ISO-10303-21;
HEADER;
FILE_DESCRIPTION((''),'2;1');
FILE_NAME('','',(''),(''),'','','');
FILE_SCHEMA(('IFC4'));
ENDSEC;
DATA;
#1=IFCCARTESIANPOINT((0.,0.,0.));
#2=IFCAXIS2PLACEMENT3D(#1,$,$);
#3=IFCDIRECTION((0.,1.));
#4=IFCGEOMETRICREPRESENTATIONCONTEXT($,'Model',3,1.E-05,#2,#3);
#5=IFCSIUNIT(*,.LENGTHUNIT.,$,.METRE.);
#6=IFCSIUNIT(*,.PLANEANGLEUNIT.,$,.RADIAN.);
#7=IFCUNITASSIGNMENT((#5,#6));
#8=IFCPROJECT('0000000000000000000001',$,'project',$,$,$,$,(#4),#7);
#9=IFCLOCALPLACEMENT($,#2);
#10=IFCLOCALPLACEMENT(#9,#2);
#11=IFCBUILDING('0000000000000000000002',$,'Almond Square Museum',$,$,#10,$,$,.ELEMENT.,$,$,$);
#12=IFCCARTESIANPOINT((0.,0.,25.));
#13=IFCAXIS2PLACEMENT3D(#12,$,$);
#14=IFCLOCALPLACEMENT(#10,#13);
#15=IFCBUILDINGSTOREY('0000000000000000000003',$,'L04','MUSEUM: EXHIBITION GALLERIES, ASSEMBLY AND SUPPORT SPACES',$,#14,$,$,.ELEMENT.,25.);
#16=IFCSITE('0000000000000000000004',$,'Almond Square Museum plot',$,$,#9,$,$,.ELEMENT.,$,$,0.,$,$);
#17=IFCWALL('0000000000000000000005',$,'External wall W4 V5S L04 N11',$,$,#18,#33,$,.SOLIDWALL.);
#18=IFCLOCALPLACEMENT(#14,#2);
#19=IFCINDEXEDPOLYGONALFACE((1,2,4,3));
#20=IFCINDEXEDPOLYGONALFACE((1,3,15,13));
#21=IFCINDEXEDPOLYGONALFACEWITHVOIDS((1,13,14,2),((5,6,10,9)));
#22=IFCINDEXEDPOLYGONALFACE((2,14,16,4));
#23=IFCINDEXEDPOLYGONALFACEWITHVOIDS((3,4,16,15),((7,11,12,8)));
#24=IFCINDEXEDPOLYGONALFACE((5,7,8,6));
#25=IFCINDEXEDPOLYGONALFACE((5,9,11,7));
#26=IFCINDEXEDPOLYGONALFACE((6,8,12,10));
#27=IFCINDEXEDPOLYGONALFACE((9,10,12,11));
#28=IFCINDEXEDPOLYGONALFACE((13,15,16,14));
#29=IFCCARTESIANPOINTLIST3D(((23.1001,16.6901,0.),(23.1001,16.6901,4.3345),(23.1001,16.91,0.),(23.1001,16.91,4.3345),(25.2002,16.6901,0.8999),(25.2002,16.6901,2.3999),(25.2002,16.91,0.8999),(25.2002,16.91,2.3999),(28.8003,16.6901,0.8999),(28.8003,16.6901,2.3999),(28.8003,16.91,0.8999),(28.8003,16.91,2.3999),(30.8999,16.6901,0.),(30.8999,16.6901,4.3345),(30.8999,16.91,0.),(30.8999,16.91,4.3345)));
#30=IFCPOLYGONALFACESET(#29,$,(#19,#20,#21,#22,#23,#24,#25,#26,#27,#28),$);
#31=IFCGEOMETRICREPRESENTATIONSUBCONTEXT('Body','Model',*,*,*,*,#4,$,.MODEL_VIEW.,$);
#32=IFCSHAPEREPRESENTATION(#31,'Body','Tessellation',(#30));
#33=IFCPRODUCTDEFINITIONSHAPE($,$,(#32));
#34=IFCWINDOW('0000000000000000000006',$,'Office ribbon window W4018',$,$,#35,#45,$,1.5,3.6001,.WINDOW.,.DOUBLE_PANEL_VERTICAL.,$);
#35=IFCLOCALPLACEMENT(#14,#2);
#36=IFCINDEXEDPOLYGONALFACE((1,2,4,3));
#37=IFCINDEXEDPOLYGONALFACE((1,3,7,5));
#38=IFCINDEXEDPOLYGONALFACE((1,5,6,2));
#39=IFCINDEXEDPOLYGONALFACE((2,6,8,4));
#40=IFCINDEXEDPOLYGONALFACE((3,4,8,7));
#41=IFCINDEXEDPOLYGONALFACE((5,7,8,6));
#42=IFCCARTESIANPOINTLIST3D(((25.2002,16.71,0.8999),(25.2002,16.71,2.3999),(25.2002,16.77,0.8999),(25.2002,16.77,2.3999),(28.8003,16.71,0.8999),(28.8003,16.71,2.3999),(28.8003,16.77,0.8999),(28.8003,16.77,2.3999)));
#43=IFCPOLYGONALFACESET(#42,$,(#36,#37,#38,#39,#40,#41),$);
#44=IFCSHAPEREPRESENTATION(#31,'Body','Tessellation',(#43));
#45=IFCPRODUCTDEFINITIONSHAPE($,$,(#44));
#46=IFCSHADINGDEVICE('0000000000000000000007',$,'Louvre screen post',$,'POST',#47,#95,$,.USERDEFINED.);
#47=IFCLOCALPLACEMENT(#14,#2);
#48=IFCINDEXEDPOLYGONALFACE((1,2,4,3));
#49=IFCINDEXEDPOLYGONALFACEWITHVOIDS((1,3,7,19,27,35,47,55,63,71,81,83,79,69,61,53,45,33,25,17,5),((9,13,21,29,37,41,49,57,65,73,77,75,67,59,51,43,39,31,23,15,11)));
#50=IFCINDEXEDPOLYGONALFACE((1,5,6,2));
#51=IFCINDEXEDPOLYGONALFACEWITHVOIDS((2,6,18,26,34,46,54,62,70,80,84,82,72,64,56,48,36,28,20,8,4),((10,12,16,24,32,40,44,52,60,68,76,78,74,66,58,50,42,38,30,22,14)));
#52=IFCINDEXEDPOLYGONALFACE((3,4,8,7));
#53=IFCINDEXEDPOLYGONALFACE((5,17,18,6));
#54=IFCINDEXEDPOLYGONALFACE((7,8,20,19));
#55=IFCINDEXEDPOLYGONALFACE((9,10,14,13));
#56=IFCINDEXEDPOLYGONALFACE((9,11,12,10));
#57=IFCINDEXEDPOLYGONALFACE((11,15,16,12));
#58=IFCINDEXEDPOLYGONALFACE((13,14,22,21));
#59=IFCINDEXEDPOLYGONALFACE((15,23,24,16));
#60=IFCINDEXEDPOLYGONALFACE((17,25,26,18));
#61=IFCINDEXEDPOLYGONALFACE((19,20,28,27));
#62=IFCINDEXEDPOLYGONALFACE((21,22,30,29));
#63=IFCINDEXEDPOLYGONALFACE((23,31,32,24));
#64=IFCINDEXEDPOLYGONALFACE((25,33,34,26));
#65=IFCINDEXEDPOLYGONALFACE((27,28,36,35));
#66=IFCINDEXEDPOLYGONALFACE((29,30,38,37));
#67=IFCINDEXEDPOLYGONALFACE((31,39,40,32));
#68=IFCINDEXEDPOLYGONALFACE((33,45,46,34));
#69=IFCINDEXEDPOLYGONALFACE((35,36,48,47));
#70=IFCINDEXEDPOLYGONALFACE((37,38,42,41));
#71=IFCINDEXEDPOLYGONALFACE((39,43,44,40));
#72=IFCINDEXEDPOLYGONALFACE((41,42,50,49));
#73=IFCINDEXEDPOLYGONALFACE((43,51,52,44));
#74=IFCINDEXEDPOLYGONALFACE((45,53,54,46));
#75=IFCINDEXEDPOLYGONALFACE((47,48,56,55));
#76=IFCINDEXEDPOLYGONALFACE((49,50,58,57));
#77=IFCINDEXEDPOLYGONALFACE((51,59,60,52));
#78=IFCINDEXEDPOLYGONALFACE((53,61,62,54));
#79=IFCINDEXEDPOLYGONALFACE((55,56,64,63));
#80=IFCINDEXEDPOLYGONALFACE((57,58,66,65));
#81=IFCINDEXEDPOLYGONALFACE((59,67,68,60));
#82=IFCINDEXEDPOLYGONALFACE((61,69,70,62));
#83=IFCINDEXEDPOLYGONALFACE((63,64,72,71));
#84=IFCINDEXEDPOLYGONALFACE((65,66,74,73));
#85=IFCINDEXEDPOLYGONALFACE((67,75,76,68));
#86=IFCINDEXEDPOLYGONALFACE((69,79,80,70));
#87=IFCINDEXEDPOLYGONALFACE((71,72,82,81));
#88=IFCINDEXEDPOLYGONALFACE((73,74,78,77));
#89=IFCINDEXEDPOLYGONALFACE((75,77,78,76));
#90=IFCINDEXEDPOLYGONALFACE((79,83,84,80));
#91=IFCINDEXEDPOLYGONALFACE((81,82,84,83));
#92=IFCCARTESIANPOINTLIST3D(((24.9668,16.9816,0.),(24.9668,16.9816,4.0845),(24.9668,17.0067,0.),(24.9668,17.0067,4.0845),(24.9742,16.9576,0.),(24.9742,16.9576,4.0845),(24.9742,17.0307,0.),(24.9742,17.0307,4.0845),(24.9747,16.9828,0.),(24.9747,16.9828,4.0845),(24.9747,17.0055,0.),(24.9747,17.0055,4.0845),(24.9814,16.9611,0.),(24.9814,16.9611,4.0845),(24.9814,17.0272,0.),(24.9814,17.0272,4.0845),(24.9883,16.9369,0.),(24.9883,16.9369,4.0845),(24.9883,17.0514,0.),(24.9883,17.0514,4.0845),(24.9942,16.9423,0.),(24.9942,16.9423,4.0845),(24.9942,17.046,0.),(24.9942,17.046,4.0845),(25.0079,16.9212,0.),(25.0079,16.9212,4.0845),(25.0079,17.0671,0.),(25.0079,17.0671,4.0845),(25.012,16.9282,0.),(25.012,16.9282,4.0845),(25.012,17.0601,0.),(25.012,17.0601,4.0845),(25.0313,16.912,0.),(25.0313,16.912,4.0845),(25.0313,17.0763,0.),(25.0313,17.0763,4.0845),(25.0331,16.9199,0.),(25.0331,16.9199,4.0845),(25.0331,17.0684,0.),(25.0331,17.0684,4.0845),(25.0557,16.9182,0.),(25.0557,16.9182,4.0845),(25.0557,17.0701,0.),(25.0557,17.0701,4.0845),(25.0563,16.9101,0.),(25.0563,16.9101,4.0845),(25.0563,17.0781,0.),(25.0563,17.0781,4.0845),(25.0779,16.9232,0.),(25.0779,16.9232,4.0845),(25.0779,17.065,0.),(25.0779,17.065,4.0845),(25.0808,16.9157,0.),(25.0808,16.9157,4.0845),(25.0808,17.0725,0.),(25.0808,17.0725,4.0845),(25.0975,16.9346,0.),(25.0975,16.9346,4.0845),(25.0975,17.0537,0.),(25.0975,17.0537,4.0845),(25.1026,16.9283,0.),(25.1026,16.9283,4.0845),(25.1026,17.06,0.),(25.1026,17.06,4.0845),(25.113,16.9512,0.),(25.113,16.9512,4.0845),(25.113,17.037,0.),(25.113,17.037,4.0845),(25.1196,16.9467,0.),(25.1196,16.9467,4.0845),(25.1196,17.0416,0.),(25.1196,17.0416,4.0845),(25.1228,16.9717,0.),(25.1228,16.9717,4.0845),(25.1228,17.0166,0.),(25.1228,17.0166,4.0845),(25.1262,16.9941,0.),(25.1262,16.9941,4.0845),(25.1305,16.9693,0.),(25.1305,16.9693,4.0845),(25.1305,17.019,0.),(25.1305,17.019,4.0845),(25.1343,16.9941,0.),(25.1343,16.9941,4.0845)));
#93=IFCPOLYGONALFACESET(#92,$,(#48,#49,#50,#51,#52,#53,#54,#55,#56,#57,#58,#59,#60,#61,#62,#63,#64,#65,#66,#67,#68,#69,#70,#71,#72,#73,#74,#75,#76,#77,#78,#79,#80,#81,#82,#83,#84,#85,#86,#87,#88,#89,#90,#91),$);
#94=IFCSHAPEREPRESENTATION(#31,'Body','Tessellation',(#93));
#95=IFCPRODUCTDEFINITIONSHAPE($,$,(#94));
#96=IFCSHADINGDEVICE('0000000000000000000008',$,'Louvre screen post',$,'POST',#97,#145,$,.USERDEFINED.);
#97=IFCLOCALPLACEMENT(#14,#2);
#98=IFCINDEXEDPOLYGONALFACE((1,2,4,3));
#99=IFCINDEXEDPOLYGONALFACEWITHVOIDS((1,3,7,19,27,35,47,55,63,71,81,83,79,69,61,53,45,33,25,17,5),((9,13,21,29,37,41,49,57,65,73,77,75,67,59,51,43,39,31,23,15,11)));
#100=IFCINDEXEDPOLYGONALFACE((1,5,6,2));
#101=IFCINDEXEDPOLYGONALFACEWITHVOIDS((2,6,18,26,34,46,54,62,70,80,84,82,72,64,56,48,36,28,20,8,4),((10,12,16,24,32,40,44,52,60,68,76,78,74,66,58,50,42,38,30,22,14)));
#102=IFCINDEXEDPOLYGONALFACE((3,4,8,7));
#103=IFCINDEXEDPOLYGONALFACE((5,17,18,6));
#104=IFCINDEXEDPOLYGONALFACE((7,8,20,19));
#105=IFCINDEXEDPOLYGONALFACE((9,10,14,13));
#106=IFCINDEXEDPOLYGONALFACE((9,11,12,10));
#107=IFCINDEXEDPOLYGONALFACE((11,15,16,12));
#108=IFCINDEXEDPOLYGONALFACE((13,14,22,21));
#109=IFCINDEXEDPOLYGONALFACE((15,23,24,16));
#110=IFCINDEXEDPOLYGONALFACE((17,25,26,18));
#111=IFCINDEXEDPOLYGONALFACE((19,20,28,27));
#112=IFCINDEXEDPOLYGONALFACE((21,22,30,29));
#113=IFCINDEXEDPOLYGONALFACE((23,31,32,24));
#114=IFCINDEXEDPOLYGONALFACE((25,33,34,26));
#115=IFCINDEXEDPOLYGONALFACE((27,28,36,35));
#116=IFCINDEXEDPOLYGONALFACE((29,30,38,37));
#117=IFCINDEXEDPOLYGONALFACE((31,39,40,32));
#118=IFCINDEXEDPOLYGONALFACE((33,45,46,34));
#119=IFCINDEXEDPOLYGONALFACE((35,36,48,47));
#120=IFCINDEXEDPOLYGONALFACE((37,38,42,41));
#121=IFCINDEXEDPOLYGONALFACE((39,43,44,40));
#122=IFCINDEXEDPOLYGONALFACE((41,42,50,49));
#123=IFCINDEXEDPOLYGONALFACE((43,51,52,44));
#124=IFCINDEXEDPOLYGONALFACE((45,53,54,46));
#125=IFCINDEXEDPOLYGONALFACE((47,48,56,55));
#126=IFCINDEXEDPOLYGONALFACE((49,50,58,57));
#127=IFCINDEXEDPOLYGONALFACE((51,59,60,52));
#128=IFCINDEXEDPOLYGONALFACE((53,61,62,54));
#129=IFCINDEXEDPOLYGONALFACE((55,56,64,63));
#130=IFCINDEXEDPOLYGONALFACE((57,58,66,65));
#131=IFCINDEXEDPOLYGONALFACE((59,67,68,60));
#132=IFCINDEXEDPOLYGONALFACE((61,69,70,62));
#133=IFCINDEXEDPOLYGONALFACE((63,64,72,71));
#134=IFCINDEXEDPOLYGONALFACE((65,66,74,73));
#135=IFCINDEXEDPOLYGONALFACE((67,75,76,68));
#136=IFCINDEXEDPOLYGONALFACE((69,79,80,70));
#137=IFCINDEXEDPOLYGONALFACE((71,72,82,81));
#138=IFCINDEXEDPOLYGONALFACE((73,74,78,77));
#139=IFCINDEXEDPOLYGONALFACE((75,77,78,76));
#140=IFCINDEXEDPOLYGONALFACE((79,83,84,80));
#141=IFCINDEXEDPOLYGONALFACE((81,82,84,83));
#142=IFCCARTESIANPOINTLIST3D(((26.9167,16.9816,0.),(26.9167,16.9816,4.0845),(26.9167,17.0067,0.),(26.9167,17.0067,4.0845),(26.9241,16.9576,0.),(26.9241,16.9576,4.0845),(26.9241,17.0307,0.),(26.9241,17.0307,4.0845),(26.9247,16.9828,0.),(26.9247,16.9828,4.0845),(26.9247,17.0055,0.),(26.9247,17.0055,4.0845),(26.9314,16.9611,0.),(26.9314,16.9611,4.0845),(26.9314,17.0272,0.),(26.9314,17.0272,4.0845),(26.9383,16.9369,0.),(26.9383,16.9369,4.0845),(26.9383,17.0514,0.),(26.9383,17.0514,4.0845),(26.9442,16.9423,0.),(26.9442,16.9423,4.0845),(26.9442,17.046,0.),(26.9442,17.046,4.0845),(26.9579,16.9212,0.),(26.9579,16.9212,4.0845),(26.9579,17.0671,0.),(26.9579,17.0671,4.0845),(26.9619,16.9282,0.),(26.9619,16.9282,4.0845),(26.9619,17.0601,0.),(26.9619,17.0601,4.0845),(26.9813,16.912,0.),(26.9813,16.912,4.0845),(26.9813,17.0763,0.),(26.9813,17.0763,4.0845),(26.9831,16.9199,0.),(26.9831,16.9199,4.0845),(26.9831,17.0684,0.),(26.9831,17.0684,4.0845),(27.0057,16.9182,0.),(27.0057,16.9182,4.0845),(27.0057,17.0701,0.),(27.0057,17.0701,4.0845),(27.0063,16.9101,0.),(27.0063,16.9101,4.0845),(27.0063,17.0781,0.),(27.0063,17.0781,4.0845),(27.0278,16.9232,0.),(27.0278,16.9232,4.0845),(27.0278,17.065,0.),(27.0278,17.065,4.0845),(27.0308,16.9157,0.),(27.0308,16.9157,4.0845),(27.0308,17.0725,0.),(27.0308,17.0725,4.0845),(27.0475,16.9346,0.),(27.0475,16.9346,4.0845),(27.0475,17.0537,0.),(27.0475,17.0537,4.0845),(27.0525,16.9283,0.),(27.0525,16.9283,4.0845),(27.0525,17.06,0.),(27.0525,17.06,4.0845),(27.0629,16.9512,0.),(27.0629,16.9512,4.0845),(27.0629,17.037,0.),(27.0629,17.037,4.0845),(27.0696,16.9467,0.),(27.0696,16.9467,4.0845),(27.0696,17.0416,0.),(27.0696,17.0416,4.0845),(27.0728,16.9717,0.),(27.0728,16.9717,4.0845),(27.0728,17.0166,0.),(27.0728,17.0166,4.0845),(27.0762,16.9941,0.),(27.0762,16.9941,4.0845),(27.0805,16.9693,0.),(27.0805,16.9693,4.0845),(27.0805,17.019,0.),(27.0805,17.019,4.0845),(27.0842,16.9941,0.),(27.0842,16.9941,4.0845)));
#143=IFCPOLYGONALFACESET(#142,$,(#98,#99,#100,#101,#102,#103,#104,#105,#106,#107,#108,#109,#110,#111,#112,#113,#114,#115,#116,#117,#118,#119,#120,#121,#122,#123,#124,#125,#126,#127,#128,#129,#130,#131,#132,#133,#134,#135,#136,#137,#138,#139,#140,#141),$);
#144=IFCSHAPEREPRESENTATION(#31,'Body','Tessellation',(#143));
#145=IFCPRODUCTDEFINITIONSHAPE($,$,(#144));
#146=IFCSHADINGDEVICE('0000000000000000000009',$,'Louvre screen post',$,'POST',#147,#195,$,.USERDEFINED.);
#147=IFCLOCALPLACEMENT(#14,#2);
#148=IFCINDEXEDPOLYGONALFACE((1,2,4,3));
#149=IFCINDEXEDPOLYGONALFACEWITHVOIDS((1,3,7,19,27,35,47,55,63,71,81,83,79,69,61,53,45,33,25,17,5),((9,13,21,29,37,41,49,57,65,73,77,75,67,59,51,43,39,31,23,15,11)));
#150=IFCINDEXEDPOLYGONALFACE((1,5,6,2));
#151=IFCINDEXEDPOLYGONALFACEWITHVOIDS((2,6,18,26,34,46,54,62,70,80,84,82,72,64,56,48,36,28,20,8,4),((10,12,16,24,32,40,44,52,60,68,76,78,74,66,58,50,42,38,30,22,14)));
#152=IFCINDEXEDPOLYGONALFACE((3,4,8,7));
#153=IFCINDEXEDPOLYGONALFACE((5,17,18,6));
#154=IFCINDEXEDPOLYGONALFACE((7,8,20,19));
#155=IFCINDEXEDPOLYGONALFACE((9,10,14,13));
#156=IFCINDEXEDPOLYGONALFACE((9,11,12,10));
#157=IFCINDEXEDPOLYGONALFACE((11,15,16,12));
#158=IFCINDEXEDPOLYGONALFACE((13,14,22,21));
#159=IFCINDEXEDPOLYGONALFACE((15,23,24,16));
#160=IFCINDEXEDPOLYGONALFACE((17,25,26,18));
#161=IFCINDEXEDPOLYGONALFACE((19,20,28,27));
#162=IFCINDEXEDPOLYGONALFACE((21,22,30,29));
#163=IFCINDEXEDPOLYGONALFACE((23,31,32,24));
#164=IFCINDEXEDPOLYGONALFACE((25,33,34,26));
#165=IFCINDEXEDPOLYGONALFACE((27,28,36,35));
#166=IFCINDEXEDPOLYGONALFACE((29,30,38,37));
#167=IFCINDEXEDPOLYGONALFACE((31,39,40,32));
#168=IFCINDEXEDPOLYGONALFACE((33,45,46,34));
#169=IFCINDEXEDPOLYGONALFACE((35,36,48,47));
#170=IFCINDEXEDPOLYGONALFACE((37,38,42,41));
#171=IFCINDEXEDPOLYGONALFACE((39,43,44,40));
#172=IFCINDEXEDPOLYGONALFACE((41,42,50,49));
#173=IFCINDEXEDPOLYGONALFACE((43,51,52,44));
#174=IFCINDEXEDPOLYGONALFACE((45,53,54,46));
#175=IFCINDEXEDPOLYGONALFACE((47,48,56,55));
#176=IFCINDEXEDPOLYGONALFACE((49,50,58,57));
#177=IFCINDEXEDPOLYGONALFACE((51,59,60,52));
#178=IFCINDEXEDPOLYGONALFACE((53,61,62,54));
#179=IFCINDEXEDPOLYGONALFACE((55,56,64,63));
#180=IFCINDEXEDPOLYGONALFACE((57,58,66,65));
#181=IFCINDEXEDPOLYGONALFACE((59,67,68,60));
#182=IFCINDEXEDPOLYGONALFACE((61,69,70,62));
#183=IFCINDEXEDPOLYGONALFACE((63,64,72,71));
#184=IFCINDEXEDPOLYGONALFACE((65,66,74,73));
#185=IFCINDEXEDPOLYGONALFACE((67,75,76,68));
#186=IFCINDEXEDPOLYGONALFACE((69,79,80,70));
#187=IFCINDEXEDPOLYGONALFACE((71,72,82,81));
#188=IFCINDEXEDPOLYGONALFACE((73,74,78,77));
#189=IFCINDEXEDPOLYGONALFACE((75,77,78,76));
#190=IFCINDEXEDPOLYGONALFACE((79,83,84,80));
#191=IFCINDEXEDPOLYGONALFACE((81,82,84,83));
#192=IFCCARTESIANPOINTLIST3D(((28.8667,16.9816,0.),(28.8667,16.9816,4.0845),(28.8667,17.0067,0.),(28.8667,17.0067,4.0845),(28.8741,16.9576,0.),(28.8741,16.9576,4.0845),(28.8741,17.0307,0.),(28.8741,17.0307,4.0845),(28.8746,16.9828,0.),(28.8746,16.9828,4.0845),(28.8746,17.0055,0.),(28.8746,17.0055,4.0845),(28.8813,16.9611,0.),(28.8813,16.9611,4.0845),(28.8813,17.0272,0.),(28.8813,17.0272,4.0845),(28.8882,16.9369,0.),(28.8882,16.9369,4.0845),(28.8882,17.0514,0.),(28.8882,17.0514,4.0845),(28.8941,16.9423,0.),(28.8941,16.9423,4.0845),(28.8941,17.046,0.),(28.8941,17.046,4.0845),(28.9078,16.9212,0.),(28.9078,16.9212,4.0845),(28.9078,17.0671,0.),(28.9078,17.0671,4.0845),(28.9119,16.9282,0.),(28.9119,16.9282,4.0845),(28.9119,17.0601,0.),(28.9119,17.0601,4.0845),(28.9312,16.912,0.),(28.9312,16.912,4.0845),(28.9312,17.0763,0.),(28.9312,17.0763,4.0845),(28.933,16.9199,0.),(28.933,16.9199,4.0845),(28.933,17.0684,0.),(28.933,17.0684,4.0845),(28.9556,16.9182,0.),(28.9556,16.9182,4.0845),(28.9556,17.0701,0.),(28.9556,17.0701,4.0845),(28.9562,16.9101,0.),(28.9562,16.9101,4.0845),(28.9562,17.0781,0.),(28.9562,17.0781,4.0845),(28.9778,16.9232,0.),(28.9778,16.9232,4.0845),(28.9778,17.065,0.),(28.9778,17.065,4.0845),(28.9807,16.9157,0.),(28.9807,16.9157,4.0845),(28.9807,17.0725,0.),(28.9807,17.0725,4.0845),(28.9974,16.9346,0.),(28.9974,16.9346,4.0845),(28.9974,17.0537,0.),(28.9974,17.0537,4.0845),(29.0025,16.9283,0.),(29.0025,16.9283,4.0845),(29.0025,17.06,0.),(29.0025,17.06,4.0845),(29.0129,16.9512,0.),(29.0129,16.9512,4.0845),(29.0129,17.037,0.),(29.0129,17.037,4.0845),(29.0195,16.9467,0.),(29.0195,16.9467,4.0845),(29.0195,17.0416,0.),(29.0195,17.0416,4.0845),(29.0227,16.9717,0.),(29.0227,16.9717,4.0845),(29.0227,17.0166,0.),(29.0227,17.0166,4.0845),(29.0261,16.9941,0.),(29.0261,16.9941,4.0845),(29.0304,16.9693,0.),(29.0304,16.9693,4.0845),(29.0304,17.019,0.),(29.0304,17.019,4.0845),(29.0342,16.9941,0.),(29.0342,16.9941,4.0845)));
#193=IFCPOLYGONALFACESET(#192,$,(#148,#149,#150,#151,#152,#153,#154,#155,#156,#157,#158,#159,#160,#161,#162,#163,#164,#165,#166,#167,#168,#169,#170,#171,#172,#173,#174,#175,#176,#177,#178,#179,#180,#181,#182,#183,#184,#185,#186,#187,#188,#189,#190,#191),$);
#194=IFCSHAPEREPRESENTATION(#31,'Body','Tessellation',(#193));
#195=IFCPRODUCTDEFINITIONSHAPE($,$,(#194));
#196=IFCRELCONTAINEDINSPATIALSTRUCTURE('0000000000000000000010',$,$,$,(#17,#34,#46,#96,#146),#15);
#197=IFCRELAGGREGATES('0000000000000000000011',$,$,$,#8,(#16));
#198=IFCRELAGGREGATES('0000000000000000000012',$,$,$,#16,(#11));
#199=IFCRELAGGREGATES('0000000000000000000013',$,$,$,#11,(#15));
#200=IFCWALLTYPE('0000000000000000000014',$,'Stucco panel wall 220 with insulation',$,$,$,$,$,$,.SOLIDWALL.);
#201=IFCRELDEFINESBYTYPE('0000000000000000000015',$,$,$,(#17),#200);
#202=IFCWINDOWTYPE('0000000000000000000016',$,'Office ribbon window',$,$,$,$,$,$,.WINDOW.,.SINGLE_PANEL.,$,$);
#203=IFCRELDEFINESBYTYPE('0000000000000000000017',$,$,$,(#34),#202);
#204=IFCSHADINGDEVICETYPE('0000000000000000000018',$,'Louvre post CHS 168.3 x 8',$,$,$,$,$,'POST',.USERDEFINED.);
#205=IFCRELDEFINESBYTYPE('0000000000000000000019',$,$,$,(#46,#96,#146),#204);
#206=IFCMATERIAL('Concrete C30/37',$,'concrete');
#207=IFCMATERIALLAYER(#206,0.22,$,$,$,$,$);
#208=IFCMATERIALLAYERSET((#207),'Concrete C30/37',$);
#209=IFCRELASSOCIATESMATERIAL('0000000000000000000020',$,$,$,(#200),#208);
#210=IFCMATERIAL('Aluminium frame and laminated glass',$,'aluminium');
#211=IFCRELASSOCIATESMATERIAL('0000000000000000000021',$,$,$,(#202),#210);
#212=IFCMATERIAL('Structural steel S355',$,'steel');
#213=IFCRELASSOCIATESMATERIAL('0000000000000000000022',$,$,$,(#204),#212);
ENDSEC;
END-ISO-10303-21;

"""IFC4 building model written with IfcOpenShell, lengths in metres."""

from ifc_helpers import new_model, si_unit, direction, frame, frame_2d, origin, origin_2d, place, context, subcontext, project, spatial, rectangle, hollow_circle, extrude, material, layer, layer_set, material_profile, profile_set, type_object, element, fill, save


model = new_model("IFC4")

# Units and contexts
model_context = context("Model", 3, precision=1e-05, world=origin(), true_north=direction((0.0, 1.0)))
body_context = subcontext(model_context, "Body", "Model", "MODEL_VIEW")
ifc_project = project(units=[si_unit("LENGTHUNIT", "METRE"), si_unit("PLANEANGLEUNIT", "RADIAN")], contexts=[model_context])

# Site, building, storey
site_placement = place(None, origin())
site = spatial("IfcSite", under=ifc_project, at=site_placement, Name="Almond Square Museum plot", CompositionType="ELEMENT", RefElevation=0.0)
building_placement = place(site_placement, origin())
building = spatial("IfcBuilding", under=site, at=building_placement, Name="Almond Square Museum", CompositionType="ELEMENT")
storey_placement = place(building_placement, frame((0.0, 0.0, 25.0)))
storey = spatial("IfcBuildingStorey", under=building, at=storey_placement, Name="L04", Description="MUSEUM: EXHIBITION GALLERIES, ASSEMBLY AND SUPPORT SPACES", CompositionType="ELEMENT", Elevation=25.0)

# Wall, opening, window
ifc_material_1 = material(Name="Concrete C30/37", Category="concrete")
ifc_layer_1 = layer(ifc_material_1, 0.22)
ifc_layer_set_1 = layer_set([ifc_layer_1], Name="Concrete C30/37")
wall_type_1 = type_object("IfcWallType", Name="Stucco panel wall 220 with insulation", PredefinedType="SOLIDWALL", material=ifc_layer_set_1)
wall_placement = place(storey_placement, frame((23.1001, 16.8, 0.0), z_axis=(0.0, 0.0, 1.0), x_axis=(1.0, 0.0, 0.0)))
wall = element("IfcWall", 1, at=wall_placement, inside=storey, type_object=wall_type_1, Name="External wall W4 V5S L04 N11", PredefinedType="SOLIDWALL", context=body_context, shape_type="SweptSolid", body=[
    extrude(rectangle(XDim=7.7998, YDim=0.22, at=frame_2d((3.8999, 0.0))), origin(), (0.0, 0.0, 1.0), 4.3345),
])
opening_placement = place(wall_placement, frame((2.1001, 0.0, 0.8999)))
opening = element("IfcOpeningElement", 2, at=opening_placement, cuts=wall, PredefinedType="OPENING", context=body_context, shape_type="SweptSolid", body=[
    extrude(rectangle(XDim=3.6001, YDim=1.5, at=frame_2d((1.8, 0.75))), frame((0.0, 0.1199, 0.0), z_axis=(0.0, -1.0, 0.0), x_axis=(1.0, 0.0, 0.0)), (0.0, 0.0, 1.0), 0.24),
])
ifc_material_2 = material(Name="Aluminium frame and laminated glass", Category="aluminium")
window_type = type_object("IfcWindowType", Name="Office ribbon window", PartitioningType="SINGLE_PANEL", PredefinedType="WINDOW", material=ifc_material_2)
window_placement = place(opening_placement, origin())
window = element("IfcWindow", 3, at=window_placement, inside=storey, type_object=window_type, Name="Office ribbon window W4018", OverallHeight=1.5, OverallWidth=3.6001, PartitioningType="DOUBLE_PANEL_VERTICAL", PredefinedType="WINDOW", context=body_context, shape_type="SweptSolid", body=[
    extrude(rectangle(XDim=3.6001, YDim=1.5, at=frame_2d((1.8, 0.75))), frame((0.0, -0.03, 0.0), z_axis=(0.0, -1.0, 0.0), x_axis=(1.0, 0.0, 0.0)), (0.0, 0.0, 1.0), 0.0601),
])
fill(opening, window)

# Shading devices
ifc_material_3 = material(Name="Structural steel S355", Category="steel")
ifc_material_profile_1 = material_profile(ifc_material_3, hollow_circle(Radius=0.0842, WallThickness=0.0081, at=origin_2d()))
ifc_profile_set_1 = profile_set([ifc_material_profile_1], Name="Structural steel S355")
shading_device_type_1 = type_object("IfcShadingDeviceType", Name="Louvre post CHS 168.3 x 8", ElementType="POST", PredefinedType="USERDEFINED", material=ifc_profile_set_1)
for number, where, z_axis, x_axis, name in (
    (4, (25.05, 16.9941, 0.0), (0.0, 0.0, 1.0), (1.0, 0.0, 0.0), "Louvre screen post"),
    (5, (27.0, 16.9941, 0.0), (0.0, 0.0, 1.0), (1.0, 0.0, 0.0), "Louvre screen post"),
    (6, (28.95, 16.9941, 0.0), (0.0, 0.0, 1.0), (1.0, 0.0, 0.0), "Louvre screen post"),
):
    element("IfcShadingDevice", number, at=place(storey_placement, frame(where, z_axis=z_axis, x_axis=x_axis)), inside=storey, type_object=shading_device_type_1, Name=name, ObjectType="POST", PredefinedType="USERDEFINED", context=body_context, shape_type="SweptSolid", body=[
        extrude(hollow_circle(Radius=0.0842, WallThickness=0.0081, at=origin_2d()), origin(), (0.0, 0.0, 1.0), 4.0845),
    ])

save(model, "model.ifc")
